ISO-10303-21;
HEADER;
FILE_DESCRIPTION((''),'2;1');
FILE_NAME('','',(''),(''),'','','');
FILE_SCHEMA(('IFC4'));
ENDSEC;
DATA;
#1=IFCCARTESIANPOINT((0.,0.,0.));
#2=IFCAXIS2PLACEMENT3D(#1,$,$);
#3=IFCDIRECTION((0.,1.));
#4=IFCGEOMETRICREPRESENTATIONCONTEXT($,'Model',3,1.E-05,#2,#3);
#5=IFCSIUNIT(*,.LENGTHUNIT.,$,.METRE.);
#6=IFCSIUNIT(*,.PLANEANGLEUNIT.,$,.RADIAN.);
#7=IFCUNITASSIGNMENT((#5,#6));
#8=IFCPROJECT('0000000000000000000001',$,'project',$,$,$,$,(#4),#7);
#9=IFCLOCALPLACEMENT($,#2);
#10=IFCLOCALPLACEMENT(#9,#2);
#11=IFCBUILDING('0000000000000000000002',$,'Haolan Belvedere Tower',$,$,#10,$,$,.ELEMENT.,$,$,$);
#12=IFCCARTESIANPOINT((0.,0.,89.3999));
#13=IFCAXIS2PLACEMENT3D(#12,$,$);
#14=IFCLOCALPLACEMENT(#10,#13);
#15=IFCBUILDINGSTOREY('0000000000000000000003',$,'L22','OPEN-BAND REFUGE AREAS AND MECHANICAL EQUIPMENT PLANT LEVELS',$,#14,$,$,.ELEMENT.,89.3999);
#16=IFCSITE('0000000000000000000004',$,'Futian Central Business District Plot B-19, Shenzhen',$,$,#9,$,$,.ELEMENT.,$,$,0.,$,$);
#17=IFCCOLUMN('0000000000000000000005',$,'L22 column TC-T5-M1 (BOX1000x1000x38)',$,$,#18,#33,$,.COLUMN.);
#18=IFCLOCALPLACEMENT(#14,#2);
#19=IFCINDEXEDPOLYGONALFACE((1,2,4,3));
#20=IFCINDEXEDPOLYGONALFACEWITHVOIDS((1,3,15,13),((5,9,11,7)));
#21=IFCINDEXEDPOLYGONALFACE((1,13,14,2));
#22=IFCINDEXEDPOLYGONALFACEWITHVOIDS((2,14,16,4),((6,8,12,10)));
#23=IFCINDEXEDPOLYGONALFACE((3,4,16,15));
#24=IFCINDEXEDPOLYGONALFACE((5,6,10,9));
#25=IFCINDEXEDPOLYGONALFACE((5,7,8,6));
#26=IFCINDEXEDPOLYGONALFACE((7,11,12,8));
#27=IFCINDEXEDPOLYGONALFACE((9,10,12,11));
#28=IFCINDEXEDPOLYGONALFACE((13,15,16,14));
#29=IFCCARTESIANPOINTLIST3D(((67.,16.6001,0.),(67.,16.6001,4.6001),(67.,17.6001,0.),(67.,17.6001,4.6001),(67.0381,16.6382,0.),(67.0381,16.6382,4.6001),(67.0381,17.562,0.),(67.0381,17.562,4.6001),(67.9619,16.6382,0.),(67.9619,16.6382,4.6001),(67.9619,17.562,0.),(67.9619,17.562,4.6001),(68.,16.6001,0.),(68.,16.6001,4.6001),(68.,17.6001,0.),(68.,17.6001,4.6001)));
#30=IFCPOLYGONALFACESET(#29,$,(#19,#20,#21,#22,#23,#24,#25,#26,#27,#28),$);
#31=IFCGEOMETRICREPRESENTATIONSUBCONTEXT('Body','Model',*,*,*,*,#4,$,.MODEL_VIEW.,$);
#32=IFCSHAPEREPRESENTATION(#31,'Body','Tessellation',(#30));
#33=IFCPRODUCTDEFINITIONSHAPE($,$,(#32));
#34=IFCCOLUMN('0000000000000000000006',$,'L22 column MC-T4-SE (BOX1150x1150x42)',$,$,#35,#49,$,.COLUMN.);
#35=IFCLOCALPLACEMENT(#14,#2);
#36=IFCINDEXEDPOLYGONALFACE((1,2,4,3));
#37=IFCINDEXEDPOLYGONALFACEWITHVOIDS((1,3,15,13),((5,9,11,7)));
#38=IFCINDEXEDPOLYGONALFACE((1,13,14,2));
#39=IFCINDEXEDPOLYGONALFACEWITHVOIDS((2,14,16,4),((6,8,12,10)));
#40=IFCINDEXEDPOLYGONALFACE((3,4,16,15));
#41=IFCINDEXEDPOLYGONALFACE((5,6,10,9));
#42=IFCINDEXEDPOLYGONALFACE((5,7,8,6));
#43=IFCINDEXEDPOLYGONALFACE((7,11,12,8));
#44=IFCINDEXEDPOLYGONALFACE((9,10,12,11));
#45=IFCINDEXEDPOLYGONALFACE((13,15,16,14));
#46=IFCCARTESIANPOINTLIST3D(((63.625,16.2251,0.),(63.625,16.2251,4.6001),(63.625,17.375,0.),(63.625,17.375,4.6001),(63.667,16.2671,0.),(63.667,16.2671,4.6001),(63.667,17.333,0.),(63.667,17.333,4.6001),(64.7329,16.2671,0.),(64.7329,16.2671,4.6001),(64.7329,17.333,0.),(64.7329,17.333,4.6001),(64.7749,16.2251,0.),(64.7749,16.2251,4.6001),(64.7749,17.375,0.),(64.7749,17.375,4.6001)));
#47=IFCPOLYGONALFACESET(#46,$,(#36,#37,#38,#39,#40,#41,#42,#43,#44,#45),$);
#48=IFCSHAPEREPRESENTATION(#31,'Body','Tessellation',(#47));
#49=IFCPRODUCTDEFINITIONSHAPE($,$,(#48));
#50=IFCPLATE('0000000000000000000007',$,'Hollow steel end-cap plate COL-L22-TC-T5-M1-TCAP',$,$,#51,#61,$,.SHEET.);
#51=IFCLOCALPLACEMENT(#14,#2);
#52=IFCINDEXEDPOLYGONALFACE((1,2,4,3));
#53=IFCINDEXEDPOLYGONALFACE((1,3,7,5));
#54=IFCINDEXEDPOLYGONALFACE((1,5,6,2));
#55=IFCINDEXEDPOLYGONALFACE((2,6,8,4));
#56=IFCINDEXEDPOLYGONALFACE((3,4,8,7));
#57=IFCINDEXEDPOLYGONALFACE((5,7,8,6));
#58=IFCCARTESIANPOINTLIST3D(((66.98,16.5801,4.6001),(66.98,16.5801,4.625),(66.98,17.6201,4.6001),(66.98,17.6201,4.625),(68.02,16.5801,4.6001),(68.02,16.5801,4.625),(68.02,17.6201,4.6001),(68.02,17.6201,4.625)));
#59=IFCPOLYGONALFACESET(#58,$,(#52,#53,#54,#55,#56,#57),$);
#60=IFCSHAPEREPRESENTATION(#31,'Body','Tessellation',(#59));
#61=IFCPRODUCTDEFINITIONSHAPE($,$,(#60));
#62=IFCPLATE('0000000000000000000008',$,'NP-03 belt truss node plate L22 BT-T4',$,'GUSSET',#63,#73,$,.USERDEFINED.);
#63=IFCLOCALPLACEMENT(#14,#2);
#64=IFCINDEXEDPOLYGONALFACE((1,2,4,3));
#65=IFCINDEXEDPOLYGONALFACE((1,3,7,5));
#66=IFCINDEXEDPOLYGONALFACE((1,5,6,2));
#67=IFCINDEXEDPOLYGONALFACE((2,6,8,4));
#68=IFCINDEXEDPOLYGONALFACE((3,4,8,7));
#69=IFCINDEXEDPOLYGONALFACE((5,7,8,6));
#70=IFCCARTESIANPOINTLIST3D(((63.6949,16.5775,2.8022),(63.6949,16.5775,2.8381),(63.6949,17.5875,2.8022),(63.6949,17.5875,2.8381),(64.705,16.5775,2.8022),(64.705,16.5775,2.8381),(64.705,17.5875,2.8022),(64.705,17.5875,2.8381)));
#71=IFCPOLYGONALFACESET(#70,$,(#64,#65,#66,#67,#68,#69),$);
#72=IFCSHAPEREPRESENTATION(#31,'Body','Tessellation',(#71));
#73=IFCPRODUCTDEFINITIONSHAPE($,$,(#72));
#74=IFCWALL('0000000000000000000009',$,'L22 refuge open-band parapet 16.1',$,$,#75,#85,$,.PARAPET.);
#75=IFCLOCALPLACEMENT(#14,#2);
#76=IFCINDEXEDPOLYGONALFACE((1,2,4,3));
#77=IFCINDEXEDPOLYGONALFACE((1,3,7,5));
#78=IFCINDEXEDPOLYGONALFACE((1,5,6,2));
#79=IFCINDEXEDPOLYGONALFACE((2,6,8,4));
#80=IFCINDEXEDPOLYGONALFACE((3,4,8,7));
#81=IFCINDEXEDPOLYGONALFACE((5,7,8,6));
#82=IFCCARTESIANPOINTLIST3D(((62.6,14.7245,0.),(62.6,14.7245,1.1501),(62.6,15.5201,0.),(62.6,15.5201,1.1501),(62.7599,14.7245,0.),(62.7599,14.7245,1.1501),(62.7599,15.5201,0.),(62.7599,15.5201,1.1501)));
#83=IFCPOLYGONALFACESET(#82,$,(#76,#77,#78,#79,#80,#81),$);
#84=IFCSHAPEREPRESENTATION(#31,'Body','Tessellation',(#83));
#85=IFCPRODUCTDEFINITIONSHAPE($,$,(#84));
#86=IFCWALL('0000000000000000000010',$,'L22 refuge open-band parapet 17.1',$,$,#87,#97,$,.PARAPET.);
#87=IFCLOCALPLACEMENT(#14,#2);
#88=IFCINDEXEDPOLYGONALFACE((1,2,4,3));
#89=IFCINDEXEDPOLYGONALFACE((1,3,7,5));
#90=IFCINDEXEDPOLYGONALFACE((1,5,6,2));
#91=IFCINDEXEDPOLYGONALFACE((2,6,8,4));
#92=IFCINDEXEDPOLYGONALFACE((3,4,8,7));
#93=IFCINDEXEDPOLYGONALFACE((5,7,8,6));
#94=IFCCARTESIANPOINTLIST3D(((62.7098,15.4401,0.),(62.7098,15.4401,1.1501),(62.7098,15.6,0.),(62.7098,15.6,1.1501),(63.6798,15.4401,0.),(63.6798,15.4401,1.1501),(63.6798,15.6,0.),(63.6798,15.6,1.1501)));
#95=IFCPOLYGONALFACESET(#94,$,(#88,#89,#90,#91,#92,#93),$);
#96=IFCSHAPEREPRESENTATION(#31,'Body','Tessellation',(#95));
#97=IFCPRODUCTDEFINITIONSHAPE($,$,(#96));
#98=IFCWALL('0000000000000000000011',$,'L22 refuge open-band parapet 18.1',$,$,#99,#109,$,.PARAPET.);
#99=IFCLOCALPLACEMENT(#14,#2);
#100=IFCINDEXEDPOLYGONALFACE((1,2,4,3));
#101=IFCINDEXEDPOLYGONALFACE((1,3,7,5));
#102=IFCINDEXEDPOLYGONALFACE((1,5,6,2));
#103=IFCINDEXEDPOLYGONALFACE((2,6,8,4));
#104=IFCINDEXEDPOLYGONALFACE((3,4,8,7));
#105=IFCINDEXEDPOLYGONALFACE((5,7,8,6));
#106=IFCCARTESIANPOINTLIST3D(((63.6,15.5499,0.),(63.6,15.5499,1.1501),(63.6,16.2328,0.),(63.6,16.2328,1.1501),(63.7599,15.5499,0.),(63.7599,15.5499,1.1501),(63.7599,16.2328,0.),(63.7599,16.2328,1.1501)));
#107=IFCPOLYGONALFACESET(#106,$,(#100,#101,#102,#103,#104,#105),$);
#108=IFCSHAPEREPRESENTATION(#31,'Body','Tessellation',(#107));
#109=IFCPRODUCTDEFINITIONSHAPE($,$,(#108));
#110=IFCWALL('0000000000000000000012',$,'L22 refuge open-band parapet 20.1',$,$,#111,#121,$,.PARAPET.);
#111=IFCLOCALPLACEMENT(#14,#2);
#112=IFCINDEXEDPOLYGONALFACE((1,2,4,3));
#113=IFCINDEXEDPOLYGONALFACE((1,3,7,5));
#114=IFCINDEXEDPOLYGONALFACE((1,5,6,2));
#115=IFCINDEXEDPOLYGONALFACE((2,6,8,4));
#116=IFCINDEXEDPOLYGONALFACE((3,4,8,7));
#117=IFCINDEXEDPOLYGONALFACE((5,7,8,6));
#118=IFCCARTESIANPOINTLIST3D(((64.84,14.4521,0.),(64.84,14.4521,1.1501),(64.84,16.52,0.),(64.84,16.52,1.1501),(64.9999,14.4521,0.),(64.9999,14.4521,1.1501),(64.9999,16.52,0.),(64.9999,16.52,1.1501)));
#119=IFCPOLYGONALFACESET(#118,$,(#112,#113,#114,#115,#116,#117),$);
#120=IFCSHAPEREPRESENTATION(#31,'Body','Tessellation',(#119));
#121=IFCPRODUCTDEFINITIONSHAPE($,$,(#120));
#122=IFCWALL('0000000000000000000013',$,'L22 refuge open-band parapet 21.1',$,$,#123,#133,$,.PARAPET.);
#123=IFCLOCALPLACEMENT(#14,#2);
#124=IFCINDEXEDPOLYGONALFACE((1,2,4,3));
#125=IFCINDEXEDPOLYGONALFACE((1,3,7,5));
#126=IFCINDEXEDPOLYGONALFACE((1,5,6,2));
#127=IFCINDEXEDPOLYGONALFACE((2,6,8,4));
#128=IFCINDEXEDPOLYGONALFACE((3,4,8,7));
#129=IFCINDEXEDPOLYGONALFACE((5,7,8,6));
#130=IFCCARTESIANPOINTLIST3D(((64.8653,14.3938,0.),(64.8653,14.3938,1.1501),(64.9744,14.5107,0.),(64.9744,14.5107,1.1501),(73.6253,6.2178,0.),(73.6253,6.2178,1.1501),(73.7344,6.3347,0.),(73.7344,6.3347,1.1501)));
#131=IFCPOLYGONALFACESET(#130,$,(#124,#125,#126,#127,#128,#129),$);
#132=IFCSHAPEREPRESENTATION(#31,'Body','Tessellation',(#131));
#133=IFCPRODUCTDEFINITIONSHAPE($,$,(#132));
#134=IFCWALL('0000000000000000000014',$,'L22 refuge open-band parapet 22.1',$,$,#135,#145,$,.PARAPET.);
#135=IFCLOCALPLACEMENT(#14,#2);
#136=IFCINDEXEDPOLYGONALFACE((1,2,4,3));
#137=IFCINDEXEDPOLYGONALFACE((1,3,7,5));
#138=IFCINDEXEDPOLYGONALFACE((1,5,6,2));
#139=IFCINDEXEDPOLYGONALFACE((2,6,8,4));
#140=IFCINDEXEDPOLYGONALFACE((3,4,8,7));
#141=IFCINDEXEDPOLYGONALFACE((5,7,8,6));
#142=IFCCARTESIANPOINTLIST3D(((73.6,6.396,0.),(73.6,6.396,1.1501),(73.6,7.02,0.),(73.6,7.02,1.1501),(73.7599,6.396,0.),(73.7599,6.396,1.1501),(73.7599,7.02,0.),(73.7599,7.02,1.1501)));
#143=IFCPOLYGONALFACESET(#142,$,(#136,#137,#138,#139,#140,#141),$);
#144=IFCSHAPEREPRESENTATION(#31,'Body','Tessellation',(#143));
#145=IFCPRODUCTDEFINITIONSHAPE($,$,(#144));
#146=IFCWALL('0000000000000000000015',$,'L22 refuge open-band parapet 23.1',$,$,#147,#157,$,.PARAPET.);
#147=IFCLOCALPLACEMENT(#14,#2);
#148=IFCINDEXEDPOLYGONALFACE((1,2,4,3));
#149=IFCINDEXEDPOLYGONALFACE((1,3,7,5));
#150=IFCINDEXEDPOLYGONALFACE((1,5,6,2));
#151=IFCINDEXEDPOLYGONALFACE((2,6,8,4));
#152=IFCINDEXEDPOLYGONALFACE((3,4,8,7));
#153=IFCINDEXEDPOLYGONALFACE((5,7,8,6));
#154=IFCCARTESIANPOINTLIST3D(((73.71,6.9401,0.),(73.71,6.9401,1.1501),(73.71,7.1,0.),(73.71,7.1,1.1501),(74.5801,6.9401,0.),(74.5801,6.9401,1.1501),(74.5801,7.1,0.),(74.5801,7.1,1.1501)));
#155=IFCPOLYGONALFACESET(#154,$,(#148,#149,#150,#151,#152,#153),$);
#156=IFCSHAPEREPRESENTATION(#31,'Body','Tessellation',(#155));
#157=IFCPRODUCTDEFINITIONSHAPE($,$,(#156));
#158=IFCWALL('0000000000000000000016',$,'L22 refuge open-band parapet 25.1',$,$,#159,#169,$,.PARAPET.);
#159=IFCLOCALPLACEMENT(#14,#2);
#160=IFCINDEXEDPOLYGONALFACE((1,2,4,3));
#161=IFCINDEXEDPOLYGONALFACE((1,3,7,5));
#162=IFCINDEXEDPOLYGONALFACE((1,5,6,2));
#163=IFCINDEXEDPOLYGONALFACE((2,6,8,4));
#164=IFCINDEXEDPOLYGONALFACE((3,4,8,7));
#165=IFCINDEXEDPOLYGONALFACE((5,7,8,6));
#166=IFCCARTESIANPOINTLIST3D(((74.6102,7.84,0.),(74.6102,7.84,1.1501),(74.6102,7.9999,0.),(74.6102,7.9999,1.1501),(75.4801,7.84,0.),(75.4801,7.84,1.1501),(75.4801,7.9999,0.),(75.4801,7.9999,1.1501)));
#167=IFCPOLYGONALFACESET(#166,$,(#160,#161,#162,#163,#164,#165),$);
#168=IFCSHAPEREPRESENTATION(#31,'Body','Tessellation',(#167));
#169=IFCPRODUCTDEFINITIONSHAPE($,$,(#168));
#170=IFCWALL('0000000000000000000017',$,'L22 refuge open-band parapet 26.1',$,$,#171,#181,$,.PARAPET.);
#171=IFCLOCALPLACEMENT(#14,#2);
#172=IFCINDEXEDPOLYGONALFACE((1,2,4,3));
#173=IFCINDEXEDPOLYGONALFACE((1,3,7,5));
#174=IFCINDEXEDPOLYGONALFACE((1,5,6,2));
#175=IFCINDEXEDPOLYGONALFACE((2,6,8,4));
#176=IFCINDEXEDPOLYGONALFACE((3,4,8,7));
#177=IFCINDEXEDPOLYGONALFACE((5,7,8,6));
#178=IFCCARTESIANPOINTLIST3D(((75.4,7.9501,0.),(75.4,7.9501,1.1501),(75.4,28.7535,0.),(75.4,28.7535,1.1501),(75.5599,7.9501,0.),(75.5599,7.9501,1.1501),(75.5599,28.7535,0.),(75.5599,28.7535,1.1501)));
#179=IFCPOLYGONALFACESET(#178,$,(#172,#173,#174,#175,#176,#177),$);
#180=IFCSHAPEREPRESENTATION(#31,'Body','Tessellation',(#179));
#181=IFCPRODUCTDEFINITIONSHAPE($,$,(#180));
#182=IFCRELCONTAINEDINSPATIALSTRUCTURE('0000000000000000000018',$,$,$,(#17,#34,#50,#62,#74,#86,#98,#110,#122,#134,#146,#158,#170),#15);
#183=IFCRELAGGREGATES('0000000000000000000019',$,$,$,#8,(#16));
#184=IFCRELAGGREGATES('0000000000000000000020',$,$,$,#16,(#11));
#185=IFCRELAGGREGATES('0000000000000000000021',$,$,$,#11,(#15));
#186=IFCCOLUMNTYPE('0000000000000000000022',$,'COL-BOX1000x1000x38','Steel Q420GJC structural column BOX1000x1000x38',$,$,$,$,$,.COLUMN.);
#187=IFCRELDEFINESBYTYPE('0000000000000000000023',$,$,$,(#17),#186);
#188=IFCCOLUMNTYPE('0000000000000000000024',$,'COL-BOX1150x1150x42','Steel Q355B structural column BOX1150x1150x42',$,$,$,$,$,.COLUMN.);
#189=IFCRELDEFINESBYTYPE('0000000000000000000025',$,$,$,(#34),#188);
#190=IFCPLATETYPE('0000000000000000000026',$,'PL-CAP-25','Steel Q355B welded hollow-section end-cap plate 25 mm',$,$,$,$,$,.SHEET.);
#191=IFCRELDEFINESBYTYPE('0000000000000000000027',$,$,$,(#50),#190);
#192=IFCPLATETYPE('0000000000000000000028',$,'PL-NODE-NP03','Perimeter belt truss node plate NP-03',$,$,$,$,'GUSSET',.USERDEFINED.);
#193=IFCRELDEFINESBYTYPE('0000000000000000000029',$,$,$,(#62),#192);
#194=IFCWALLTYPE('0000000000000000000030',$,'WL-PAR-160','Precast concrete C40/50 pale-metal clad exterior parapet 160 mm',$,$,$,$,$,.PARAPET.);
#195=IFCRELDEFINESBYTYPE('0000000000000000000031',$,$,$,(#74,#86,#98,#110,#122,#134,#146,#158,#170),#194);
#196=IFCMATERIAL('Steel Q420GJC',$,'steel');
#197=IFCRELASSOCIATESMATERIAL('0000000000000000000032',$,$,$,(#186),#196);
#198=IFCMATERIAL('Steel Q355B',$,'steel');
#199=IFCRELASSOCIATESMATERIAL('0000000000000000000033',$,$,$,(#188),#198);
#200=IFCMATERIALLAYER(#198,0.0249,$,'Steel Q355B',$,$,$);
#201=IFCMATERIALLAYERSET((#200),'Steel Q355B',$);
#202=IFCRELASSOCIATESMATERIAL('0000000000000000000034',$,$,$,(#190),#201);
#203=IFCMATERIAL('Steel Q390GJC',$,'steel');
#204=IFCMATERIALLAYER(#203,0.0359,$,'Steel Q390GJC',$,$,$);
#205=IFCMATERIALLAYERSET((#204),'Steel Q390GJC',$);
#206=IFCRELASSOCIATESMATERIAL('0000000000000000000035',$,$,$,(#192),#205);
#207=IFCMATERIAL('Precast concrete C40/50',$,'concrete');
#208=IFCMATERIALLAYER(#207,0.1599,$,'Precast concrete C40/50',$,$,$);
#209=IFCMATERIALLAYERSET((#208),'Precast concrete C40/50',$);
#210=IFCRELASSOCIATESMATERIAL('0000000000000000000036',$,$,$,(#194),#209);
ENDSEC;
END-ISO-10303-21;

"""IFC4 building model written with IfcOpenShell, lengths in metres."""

from ifc_helpers import new_model, si_unit, direction, frame, frame_2d, origin, origin_2d, place, context, subcontext, project, spatial, rectangle, hollow_rectangle, extrude, material, layer, layer_set, material_profile, profile_set, type_object, element, save


model = new_model("IFC4")

# Units and contexts
model_context = context("Model", 3, precision=1e-05, world=origin(), true_north=direction((0.0, 1.0)))
body_context = subcontext(model_context, "Body", "Model", "MODEL_VIEW")
ifc_project = project(units=[si_unit("LENGTHUNIT", "METRE"), si_unit("PLANEANGLEUNIT", "RADIAN")], contexts=[model_context])

# Site, building, storey
site_placement = place(None, origin())
site = spatial("IfcSite", under=ifc_project, at=site_placement, Name="Futian Central Business District Plot B-19, Shenzhen", CompositionType="ELEMENT", RefElevation=0.0)
building_placement = place(site_placement, origin())
building = spatial("IfcBuilding", under=site, at=building_placement, Name="Haolan Belvedere Tower", CompositionType="ELEMENT")
storey_placement = place(building_placement, frame((0.0, 0.0, 89.3999)))
storey = spatial("IfcBuildingStorey", under=building, at=storey_placement, Name="L22", Description="OPEN-BAND REFUGE AREAS AND MECHANICAL EQUIPMENT PLANT LEVELS", CompositionType="ELEMENT", Elevation=89.3999)

# Columns
ifc_material_1 = material(Name="Steel Q420GJC", Category="steel")
ifc_material_profile_1 = material_profile(ifc_material_1, hollow_rectangle(XDim=1.0, YDim=1.0, WallThickness=0.0381, at=origin_2d()), Name="Steel Q420GJC")
ifc_profile_set_1 = profile_set([ifc_material_profile_1], Name="Steel Q420GJC")
column_type_1 = type_object("IfcColumnType", Name="COL-BOX1000x1000x38", Description="Steel Q420GJC structural column BOX1000x1000x38", PredefinedType="COLUMN", material=ifc_profile_set_1)
column_1_placement = place(storey_placement, frame((67.5, 17.1001, 0.0), z_axis=(0.0, 0.0, 1.0), x_axis=(1.0, 0.0, 0.0)))
element("IfcColumn", 1, at=column_1_placement, inside=storey, type_object=column_type_1, Name="L22 column TC-T5-M1 (BOX1000x1000x38)", PredefinedType="COLUMN", context=body_context, shape_type="SweptSolid", body=[
    extrude(hollow_rectangle(XDim=1.0, YDim=1.0, WallThickness=0.0381, at=origin_2d()), origin(), (0.0, 0.0, 1.0), 4.6001),
])
ifc_material_2 = material(Name="Steel Q355B", Category="steel")
ifc_material_profile_2 = material_profile(ifc_material_2, hollow_rectangle(XDim=1.1499, YDim=1.1499, WallThickness=0.042, at=origin_2d()), Name="Steel Q355B")
ifc_profile_set_2 = profile_set([ifc_material_profile_2], Name="Steel Q355B")
column_type_2 = type_object("IfcColumnType", Name="COL-BOX1150x1150x42", Description="Steel Q355B structural column BOX1150x1150x42", PredefinedType="COLUMN", material=ifc_profile_set_2)
column_2_placement = place(storey_placement, frame((64.2, 16.8, 0.0), z_axis=(0.0, 0.0, 1.0), x_axis=(1.0, 0.0, 0.0)))
element("IfcColumn", 2, at=column_2_placement, inside=storey, type_object=column_type_2, Name="L22 column MC-T4-SE (BOX1150x1150x42)", PredefinedType="COLUMN", context=body_context, shape_type="SweptSolid", body=[
    extrude(hollow_rectangle(XDim=1.1499, YDim=1.1499, WallThickness=0.042, at=origin_2d()), origin(), (0.0, 0.0, 1.0), 4.6001),
])

# Plates
ifc_layer_1 = layer(ifc_material_2, 0.0249, Name="Steel Q355B")
ifc_layer_set_1 = layer_set([ifc_layer_1], Name="Steel Q355B")
plate_type_1 = type_object("IfcPlateType", Name="PL-CAP-25", Description="Steel Q355B welded hollow-section end-cap plate 25 mm", PredefinedType="SHEET", material=ifc_layer_set_1)
plate_1_placement = place(storey_placement, frame((67.5, 17.1001, 4.6001), z_axis=(0.0, 0.0, 1.0), x_axis=(1.0, 0.0, 0.0)))
element("IfcPlate", 3, at=plate_1_placement, inside=storey, type_object=plate_type_1, Name="Hollow steel end-cap plate COL-L22-TC-T5-M1-TCAP", PredefinedType="SHEET", context=body_context, shape_type="SweptSolid", body=[
    extrude(rectangle(XDim=1.04, YDim=1.04, at=origin_2d()), origin(), (0.0, 0.0, 1.0), 0.0249),
])
ifc_material_3 = material(Name="Steel Q390GJC", Category="steel")
ifc_layer_2 = layer(ifc_material_3, 0.0359, Name="Steel Q390GJC")
ifc_layer_set_2 = layer_set([ifc_layer_2], Name="Steel Q390GJC")
plate_type_2 = type_object("IfcPlateType", Name="PL-NODE-NP03", Description="Perimeter belt truss node plate NP-03", ElementType="GUSSET", PredefinedType="USERDEFINED", material=ifc_layer_set_2)
plate_2_placement = place(storey_placement, frame((64.2, 17.0825, 2.8022), z_axis=(0.0, 0.0, 1.0), x_axis=(1.0, 0.0, 0.0)))
element("IfcPlate", 4, at=plate_2_placement, inside=storey, type_object=plate_type_2, Name="NP-03 belt truss node plate L22 BT-T4", ObjectType="GUSSET", PredefinedType="USERDEFINED", context=body_context, shape_type="SweptSolid", body=[
    extrude(rectangle(XDim=1.01, YDim=1.01, at=origin_2d()), origin(), (0.0, 0.0, 1.0), 0.0359),
])

# Walls
ifc_material_4 = material(Name="Precast concrete C40/50", Category="concrete")
ifc_layer_3 = layer(ifc_material_4, 0.1599, Name="Precast concrete C40/50")
ifc_layer_set_3 = layer_set([ifc_layer_3], Name="Precast concrete C40/50")
wall_type = type_object("IfcWallType", Name="WL-PAR-160", Description="Precast concrete C40/50 pale-metal clad exterior parapet 160 mm", PredefinedType="PARAPET", material=ifc_layer_set_3)
wall_1_placement = place(storey_placement, frame((62.6799, 14.7244, 0.0), z_axis=(0.0, 0.0, 1.0), x_axis=(0.0, 1.0, 0.0)))
element("IfcWall", 5, at=wall_1_placement, inside=storey, type_object=wall_type, Name="L22 refuge open-band parapet 16.1", PredefinedType="PARAPET", context=body_context, shape_type="SweptSolid", body=[
    extrude(rectangle(XDim=0.7957, YDim=0.1599, at=frame_2d((0.3979, 0.0))), origin(), (0.0, 0.0, 1.0), 1.1501),
])
wall_2_placement = place(storey_placement, frame((62.71, 15.52, 0.0), z_axis=(0.0, 0.0, 1.0), x_axis=(1.0, 0.0, 0.0)))
element("IfcWall", 6, at=wall_2_placement, inside=storey, type_object=wall_type, Name="L22 refuge open-band parapet 17.1", PredefinedType="PARAPET", context=body_context, shape_type="SweptSolid", body=[
    extrude(rectangle(XDim=0.97, YDim=0.1599, at=frame_2d((0.4849, 0.0))), origin(), (0.0, 0.0, 1.0), 1.1501),
])
wall_3_placement = place(storey_placement, frame((63.6799, 15.55, 0.0), z_axis=(0.0, 0.0, 1.0), x_axis=(0.0, 1.0, 0.0)))
element("IfcWall", 7, at=wall_3_placement, inside=storey, type_object=wall_type, Name="L22 refuge open-band parapet 18.1", PredefinedType="PARAPET", context=body_context, shape_type="SweptSolid", body=[
    extrude(rectangle(XDim=0.6829, YDim=0.1599, at=frame_2d((0.3413, 0.0))), origin(), (0.0, 0.0, 1.0), 1.1501),
])
wall_4_placement = place(storey_placement, frame((64.9199, 16.52, 0.0), z_axis=(0.0, 0.0, 1.0), x_axis=(0.0, -1.0, 0.0)))
element("IfcWall", 8, at=wall_4_placement, inside=storey, type_object=wall_type, Name="L22 refuge open-band parapet 20.1", PredefinedType="PARAPET", context=body_context, shape_type="SweptSolid", body=[
    extrude(rectangle(XDim=2.0679, YDim=0.1599, at=frame_2d((1.0339, 0.0))), origin(), (0.0, 0.0, 1.0), 1.1501),
])
wall_5_placement = place(storey_placement, frame((64.9199, 14.4521, 0.0), z_axis=(0.0, 0.0, 1.0), x_axis=(0.731055, -0.682319, 0.0)))
element("IfcWall", 9, at=wall_5_placement, inside=storey, type_object=wall_type, Name="L22 refuge open-band parapet 21.1", PredefinedType="PARAPET", context=body_context, shape_type="SweptSolid", body=[
    extrude(rectangle(XDim=11.9827, YDim=0.1599, at=frame_2d((5.9912, 0.0))), origin(), (0.0, 0.0, 1.0), 1.1501),
])
wall_6_placement = place(storey_placement, frame((73.6799, 6.396, 0.0), z_axis=(0.0, 0.0, 1.0), x_axis=(0.0, 1.0, 0.0)))
element("IfcWall", 10, at=wall_6_placement, inside=storey, type_object=wall_type, Name="L22 refuge open-band parapet 22.1", PredefinedType="PARAPET", context=body_context, shape_type="SweptSolid", body=[
    extrude(rectangle(XDim=0.624, YDim=0.1599, at=frame_2d((0.312, 0.0))), origin(), (0.0, 0.0, 1.0), 1.1501),
])
wall_7_placement = place(storey_placement, frame((73.71, 7.02, 0.0), z_axis=(0.0, 0.0, 1.0), x_axis=(1.0, 0.0, 0.0)))
element("IfcWall", 11, at=wall_7_placement, inside=storey, type_object=wall_type, Name="L22 refuge open-band parapet 23.1", PredefinedType="PARAPET", context=body_context, shape_type="SweptSolid", body=[
    extrude(rectangle(XDim=0.8701, YDim=0.1599, at=frame_2d((0.4351, 0.0))), origin(), (0.0, 0.0, 1.0), 1.1501),
])
for number, where, z_axis, x_axis, name in (
    (12, (74.6101, 7.9199, 0.0), (0.0, 0.0, 1.0), (1.0, 0.0, 0.0), "L22 refuge open-band parapet 25.1"),
):
    element("IfcWall", number, at=place(storey_placement, frame(where, z_axis=z_axis, x_axis=x_axis)), inside=storey, type_object=wall_type, Name=name, PredefinedType="PARAPET", context=body_context, shape_type="SweptSolid", body=[
        extrude(rectangle(XDim=0.8699, YDim=0.1599, at=frame_2d((0.4351, 0.0))), origin(), (0.0, 0.0, 1.0), 1.1501),
    ])
wall_8_placement = place(storey_placement, frame((75.48, 7.95, 0.0), z_axis=(0.0, 0.0, 1.0), x_axis=(0.0, 1.0, 0.0)))
element("IfcWall", 13, at=wall_8_placement, inside=storey, type_object=wall_type, Name="L22 refuge open-band parapet 26.1", PredefinedType="PARAPET", context=body_context, shape_type="SweptSolid", body=[
    extrude(rectangle(XDim=20.8035, YDim=0.1599, at=frame_2d((10.4019, 0.0))), origin(), (0.0, 0.0, 1.0), 1.1501),
])

save(model, "model.ifc")
